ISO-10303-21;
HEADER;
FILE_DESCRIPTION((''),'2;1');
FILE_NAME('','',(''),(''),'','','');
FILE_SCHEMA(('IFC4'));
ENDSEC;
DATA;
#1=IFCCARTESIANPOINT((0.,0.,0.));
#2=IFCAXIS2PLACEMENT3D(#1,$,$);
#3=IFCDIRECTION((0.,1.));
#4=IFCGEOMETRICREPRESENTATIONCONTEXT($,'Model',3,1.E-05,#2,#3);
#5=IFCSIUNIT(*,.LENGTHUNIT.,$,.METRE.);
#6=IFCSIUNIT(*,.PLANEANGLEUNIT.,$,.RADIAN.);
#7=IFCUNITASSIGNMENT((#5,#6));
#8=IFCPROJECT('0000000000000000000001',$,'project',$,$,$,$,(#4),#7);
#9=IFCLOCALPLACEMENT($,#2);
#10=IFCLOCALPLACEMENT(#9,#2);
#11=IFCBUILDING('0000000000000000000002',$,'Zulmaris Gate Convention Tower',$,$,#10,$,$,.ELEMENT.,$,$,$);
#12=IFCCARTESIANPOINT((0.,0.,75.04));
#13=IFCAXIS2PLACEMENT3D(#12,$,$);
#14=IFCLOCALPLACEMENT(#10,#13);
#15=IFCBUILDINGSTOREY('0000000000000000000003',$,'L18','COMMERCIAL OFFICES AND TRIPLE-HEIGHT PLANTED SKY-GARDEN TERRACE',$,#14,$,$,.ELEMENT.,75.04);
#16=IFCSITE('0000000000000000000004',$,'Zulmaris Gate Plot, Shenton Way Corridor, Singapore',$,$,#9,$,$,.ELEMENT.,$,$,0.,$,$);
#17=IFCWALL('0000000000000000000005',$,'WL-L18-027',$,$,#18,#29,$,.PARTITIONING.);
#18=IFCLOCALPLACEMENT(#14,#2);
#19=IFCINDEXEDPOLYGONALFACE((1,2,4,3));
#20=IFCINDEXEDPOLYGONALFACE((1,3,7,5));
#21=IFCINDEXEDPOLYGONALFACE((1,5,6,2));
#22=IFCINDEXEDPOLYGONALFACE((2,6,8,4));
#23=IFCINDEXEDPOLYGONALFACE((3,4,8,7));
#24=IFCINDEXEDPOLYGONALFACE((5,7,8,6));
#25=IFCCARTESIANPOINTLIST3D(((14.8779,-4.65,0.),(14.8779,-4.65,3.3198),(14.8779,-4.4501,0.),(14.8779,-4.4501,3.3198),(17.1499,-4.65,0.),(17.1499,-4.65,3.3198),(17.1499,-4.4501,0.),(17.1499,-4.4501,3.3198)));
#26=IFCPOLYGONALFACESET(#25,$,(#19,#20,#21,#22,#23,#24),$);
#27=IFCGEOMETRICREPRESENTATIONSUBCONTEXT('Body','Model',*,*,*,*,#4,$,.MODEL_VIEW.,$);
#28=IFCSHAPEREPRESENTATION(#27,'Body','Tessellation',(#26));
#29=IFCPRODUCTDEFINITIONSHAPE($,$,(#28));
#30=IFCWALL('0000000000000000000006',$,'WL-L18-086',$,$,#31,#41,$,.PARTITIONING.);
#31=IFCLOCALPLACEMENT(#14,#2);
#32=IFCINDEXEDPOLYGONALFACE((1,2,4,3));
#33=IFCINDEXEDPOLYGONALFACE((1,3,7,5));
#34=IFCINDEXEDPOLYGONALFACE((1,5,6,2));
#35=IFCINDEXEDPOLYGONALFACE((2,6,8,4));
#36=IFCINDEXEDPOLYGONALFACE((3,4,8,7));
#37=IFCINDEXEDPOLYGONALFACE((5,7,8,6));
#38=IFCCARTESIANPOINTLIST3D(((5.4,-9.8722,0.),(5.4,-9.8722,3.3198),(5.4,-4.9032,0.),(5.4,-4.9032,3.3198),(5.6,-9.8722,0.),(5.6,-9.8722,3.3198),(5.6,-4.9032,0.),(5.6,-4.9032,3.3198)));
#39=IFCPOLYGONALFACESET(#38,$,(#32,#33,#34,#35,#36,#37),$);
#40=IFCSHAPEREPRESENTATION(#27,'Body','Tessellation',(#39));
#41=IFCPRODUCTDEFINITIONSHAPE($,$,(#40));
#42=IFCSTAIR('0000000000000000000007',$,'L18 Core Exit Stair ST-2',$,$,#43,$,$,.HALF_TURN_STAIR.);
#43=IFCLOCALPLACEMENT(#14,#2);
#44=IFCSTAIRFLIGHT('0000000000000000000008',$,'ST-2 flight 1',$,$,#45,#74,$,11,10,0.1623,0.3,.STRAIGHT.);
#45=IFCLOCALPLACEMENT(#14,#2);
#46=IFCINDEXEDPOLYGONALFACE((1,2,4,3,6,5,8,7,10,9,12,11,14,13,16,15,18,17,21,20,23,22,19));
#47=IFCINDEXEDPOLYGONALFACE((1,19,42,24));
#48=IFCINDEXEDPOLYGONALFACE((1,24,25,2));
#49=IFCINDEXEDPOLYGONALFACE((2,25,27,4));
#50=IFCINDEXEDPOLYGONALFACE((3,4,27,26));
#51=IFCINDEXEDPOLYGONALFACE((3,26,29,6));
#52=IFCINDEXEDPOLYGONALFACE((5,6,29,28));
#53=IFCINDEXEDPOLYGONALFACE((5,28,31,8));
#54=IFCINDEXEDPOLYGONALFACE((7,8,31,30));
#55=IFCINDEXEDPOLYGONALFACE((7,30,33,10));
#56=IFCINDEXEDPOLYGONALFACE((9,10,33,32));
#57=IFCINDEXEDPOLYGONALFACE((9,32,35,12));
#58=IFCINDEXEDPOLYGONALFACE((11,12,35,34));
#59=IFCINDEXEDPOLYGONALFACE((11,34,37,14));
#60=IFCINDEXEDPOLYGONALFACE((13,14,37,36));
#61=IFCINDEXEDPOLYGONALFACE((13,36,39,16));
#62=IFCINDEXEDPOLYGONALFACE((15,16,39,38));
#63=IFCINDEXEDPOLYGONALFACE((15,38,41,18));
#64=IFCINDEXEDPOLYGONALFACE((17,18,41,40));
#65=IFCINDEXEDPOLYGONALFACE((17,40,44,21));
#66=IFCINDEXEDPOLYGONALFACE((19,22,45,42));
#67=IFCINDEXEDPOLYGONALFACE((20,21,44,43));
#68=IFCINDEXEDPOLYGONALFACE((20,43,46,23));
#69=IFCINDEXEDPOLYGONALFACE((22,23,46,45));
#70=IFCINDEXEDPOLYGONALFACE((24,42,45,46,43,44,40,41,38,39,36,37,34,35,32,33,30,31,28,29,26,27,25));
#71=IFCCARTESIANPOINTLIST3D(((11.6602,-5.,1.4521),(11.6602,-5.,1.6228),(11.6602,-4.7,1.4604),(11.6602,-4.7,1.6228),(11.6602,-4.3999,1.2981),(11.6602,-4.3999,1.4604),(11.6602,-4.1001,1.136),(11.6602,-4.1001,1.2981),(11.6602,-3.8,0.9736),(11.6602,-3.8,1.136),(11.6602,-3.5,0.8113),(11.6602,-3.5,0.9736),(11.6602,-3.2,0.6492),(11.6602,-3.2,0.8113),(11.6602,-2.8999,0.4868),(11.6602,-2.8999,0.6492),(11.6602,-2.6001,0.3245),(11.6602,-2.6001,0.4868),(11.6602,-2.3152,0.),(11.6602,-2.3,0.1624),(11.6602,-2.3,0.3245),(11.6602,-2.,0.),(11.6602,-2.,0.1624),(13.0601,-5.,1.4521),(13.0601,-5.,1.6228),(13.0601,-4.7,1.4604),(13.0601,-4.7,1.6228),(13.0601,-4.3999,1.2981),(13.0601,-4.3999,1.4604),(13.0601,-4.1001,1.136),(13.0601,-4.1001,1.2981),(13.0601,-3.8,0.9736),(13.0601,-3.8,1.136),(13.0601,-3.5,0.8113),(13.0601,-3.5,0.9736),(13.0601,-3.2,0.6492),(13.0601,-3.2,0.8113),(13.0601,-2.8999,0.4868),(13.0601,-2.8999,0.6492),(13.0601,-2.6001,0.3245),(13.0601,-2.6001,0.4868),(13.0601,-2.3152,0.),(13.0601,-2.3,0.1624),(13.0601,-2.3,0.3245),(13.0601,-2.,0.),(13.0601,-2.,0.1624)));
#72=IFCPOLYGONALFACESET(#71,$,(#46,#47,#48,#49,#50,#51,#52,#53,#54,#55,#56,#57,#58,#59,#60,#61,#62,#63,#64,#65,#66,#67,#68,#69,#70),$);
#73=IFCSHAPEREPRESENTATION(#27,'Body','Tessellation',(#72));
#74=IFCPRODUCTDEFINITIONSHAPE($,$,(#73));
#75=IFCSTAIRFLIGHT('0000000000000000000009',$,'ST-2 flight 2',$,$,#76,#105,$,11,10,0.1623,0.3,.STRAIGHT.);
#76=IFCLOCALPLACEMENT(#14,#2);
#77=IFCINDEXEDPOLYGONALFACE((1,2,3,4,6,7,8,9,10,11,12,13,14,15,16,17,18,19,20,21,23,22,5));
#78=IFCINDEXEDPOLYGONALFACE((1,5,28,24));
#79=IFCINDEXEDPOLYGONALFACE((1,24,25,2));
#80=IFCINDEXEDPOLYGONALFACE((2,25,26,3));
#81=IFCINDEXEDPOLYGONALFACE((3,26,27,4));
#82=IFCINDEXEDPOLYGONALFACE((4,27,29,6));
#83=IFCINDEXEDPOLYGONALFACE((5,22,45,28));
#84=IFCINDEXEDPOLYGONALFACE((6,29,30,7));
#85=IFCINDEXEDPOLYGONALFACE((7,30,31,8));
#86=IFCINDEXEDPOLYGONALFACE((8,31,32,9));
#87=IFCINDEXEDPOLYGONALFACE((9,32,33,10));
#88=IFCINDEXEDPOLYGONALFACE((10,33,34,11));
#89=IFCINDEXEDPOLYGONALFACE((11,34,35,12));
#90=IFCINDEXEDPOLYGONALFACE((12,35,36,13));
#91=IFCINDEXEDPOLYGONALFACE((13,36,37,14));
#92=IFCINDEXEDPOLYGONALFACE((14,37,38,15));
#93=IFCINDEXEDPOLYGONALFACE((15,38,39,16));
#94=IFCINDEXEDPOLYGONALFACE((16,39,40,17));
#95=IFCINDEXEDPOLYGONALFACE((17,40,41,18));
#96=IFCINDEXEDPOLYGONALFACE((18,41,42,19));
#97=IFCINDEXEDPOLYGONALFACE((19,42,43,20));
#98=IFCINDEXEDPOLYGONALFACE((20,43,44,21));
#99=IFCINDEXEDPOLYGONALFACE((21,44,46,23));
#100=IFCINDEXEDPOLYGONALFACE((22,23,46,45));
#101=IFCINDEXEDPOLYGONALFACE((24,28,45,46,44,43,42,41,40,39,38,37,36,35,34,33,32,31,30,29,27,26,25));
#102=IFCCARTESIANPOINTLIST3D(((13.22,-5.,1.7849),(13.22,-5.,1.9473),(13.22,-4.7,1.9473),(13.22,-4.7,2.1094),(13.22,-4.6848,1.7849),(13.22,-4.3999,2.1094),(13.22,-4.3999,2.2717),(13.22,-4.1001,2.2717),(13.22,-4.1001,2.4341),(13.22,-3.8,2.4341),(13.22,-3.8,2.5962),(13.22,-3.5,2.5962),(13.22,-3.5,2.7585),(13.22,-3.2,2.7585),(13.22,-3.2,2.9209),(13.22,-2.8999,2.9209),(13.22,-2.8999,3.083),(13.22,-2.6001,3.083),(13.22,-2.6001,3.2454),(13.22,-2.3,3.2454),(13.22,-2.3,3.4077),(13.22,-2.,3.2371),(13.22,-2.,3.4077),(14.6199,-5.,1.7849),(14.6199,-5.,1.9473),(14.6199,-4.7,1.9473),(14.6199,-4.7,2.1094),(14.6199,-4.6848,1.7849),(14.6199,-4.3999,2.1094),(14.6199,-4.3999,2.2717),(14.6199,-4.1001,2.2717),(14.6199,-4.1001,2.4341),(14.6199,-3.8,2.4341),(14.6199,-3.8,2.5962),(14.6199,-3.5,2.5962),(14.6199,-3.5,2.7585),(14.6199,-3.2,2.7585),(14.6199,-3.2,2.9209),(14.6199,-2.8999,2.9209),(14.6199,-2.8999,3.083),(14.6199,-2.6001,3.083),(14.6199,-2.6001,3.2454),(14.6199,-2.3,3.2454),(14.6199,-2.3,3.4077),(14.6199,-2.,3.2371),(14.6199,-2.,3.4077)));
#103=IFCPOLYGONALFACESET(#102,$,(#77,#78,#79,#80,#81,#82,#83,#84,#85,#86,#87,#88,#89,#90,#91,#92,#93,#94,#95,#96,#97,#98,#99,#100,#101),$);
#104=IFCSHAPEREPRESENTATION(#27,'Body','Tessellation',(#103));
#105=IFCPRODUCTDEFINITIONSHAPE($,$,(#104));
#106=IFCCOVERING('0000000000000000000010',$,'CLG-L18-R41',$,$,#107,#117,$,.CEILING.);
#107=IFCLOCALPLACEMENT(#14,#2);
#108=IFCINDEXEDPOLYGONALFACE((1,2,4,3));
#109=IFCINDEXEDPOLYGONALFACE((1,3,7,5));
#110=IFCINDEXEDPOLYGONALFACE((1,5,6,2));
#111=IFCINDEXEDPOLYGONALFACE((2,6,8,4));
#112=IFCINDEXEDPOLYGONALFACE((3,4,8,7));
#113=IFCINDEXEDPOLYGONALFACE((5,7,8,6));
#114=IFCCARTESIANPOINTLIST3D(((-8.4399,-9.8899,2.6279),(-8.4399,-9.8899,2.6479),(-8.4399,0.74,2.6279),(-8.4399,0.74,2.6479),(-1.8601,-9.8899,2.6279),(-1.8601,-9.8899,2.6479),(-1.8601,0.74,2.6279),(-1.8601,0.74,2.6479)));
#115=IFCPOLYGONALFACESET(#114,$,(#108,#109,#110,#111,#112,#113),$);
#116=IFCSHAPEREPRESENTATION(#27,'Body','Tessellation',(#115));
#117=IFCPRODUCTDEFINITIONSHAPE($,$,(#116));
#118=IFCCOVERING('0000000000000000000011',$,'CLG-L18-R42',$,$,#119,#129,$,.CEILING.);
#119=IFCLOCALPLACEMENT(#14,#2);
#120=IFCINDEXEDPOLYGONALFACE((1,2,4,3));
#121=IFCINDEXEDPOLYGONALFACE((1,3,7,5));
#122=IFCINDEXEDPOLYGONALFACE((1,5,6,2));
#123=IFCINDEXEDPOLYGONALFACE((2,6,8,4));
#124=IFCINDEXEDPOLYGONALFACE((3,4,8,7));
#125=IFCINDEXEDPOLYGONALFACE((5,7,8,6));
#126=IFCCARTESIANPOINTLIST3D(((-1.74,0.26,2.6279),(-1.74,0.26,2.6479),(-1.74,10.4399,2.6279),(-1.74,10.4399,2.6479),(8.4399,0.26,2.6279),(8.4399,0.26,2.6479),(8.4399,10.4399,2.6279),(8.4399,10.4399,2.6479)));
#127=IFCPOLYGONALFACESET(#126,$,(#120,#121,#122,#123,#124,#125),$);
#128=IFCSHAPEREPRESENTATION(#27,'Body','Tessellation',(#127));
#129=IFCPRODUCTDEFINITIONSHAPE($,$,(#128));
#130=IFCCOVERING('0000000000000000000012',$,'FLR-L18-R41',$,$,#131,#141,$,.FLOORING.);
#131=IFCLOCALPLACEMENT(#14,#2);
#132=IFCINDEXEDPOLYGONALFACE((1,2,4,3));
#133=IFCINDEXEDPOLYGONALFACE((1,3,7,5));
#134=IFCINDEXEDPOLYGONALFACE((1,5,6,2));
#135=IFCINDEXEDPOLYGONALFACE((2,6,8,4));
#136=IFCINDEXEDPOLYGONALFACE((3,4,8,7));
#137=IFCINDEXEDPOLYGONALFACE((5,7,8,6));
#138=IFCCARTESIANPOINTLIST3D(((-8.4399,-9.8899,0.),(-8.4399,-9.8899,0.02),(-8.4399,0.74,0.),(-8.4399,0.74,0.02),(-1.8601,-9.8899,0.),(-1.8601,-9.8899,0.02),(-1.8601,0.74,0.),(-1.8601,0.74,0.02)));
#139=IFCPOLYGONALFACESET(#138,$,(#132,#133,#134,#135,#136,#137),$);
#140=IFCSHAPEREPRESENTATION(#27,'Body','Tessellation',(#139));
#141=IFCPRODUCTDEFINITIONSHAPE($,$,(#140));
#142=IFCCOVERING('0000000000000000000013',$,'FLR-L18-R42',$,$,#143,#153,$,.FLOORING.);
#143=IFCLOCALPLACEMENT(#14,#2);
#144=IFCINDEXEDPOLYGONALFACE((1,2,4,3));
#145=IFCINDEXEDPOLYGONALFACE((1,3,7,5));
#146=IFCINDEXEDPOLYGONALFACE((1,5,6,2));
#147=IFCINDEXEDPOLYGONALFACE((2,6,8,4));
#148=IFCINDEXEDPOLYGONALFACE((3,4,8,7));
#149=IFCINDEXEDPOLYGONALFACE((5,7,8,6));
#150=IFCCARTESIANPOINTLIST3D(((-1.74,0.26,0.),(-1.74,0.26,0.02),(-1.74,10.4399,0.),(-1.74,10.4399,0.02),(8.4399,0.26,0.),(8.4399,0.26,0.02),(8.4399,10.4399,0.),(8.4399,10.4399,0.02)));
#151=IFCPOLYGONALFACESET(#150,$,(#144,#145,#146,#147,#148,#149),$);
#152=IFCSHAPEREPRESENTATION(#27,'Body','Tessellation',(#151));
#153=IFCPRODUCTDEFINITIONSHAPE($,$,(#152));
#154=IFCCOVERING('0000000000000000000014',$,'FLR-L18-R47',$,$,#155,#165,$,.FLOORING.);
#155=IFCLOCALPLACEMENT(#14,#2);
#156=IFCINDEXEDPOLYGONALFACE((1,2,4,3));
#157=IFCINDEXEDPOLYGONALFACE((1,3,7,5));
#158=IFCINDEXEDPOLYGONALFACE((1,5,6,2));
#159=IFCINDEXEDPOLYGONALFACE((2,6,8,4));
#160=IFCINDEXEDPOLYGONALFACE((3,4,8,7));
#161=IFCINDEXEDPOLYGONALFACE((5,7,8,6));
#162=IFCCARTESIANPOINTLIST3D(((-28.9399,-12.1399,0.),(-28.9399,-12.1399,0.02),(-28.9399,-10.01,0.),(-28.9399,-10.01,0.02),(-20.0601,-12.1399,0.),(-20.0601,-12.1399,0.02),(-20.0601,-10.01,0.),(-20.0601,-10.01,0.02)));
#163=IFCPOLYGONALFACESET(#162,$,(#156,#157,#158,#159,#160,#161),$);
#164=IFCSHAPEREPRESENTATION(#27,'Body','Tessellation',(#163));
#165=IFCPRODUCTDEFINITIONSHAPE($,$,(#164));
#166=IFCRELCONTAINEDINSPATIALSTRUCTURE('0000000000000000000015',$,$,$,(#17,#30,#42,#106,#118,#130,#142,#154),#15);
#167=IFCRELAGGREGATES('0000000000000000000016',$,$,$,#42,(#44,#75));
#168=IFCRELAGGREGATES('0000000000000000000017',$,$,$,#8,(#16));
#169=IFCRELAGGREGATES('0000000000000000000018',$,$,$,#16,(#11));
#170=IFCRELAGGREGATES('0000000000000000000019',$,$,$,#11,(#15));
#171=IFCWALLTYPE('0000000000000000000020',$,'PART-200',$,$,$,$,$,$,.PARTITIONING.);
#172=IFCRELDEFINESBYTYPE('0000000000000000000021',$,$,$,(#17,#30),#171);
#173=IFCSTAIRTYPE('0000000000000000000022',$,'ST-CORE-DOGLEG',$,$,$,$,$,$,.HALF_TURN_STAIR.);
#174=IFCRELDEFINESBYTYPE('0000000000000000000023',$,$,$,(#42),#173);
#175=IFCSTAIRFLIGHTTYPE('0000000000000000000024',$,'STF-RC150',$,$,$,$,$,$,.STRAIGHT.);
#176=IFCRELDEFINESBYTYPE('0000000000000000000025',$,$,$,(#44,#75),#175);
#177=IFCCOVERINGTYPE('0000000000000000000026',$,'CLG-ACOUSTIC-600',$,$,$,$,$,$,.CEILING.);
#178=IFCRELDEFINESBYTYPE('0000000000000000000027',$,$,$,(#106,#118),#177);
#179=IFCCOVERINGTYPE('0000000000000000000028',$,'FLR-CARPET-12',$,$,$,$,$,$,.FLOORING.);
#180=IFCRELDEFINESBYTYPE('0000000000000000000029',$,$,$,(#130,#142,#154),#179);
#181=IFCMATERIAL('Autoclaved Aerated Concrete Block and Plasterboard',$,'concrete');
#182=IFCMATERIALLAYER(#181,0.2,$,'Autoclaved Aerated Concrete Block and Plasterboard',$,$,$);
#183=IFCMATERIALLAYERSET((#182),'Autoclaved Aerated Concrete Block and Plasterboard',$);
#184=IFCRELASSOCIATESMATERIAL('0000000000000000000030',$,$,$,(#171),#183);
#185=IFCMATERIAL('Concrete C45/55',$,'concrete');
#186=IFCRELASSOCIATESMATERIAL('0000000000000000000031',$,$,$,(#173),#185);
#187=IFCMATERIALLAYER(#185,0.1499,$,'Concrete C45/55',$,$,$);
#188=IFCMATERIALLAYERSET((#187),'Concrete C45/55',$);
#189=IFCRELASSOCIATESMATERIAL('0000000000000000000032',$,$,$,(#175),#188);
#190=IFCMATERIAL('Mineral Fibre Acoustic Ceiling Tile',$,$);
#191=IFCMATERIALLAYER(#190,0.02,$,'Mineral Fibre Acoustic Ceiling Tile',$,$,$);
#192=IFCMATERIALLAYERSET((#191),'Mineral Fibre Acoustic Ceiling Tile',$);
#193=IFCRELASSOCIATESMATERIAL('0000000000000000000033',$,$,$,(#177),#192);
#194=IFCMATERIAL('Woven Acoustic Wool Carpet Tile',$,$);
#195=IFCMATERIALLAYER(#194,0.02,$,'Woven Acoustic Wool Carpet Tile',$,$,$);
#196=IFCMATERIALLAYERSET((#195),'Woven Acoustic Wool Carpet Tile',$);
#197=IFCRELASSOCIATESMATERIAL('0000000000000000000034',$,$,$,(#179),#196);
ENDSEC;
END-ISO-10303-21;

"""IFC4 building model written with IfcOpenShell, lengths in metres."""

from ifc_helpers import new_model, si_unit, direction, frame, frame_2d, origin, place, context, subcontext, project, spatial, polyline, rectangle, outline, extrude, material, layer, layer_set, type_object, element, aggregate, save


model = new_model("IFC4")

# Units and contexts
model_context = context("Model", 3, precision=1e-05, world=origin(), true_north=direction((0.0, 1.0)))
body_context = subcontext(model_context, "Body", "Model", "MODEL_VIEW")
ifc_project = project(units=[si_unit("LENGTHUNIT", "METRE"), si_unit("PLANEANGLEUNIT", "RADIAN")], contexts=[model_context])

# Site, building, storey
site_placement = place(None, origin())
site = spatial("IfcSite", under=ifc_project, at=site_placement, Name="Zulmaris Gate Plot, Shenton Way Corridor, Singapore", CompositionType="ELEMENT", RefElevation=0.0)
building_placement = place(site_placement, origin())
building = spatial("IfcBuilding", under=site, at=building_placement, Name="Zulmaris Gate Convention Tower", CompositionType="ELEMENT")
storey_placement = place(building_placement, frame((0.0, 0.0, 75.04)))
storey = spatial("IfcBuildingStorey", under=building, at=storey_placement, Name="L18", Description="COMMERCIAL OFFICES AND TRIPLE-HEIGHT PLANTED SKY-GARDEN TERRACE", CompositionType="ELEMENT", Elevation=75.04)

# Walls
ifc_material_1 = material(Name="Autoclaved Aerated Concrete Block and Plasterboard", Category="concrete")
ifc_layer_1 = layer(ifc_material_1, 0.2, Name="Autoclaved Aerated Concrete Block and Plasterboard")
ifc_layer_set_1 = layer_set([ifc_layer_1], Name="Autoclaved Aerated Concrete Block and Plasterboard")
wall_type_1 = type_object("IfcWallType", Name="PART-200", PredefinedType="PARTITIONING", material=ifc_layer_set_1)
wall_1_placement = place(storey_placement, frame((14.8779, -4.55, 0.0), z_axis=(0.0, 0.0, 1.0), x_axis=(1.0, 0.0, 0.0)))
element("IfcWall", 1, at=wall_1_placement, inside=storey, type_object=wall_type_1, Name="WL-L18-027", PredefinedType="PARTITIONING", context=body_context, shape_type="SweptSolid", body=[
    extrude(rectangle(XDim=2.272, YDim=0.2, at=frame_2d((1.136, 0.0))), origin(), (0.0, 0.0, 1.0), 3.3198),
])
wall_2_placement = place(storey_placement, frame((5.5, -9.8721, 0.0), z_axis=(0.0, 0.0, 1.0), x_axis=(0.0, 1.0, 0.0)))
element("IfcWall", 2, at=wall_2_placement, inside=storey, type_object=wall_type_1, Name="WL-L18-086", PredefinedType="PARTITIONING", context=body_context, shape_type="SweptSolid", body=[
    extrude(rectangle(XDim=4.969, YDim=0.2, at=frame_2d((2.4844, 0.0))), origin(), (0.0, 0.0, 1.0), 3.3198),
])

# Stair, stair flights
ifc_material_2 = material(Name="Concrete C45/55", Category="concrete")
stair_type = type_object("IfcStairType", Name="ST-CORE-DOGLEG", PredefinedType="HALF_TURN_STAIR", material=ifc_material_2)
stair_placement = place(storey_placement, origin())
stair = element("IfcStair", 3, at=stair_placement, inside=storey, type_object=stair_type, Name="L18 Core Exit Stair ST-2", PredefinedType="HALF_TURN_STAIR")
ifc_layer_2 = layer(ifc_material_2, 0.1499, Name="Concrete C45/55")
ifc_layer_set_2 = layer_set([ifc_layer_2], Name="Concrete C45/55")
stair_flight_type = type_object("IfcStairFlightType", Name="STF-RC150", PredefinedType="STRAIGHT", material=ifc_layer_set_2)
stair_flight_1_placement = place(storey_placement, frame((12.3601, -2.0, 0.0), z_axis=(0.0, 0.0, 1.0), x_axis=(0.0, -1.0, 0.0)))
stair_flight_1 = element("IfcStairFlight", 4, at=stair_flight_1_placement, type_object=stair_flight_type, Name="ST-2 flight 1", NumberOfRisers=11, NumberOfTreads=10, PredefinedType="STRAIGHT", RiserHeight=0.1623, TreadLength=0.3, context=body_context, shape_type="SweptSolid", body=[
    extrude(outline(polyline([(0.0, 0.0), (0.0, 0.1624), (0.3, 0.1624), (0.3, 0.3245), (0.6001, 0.3245), (0.6001, 0.4868), (0.8999, 0.4868), (0.8999, 0.6492), (1.2, 0.6492), (1.2, 0.8113), (1.5, 0.8113), (1.5, 0.9736), (1.8, 0.9736), (1.8, 1.136), (2.1001, 1.136), (2.1001, 1.2981), (2.3999, 1.2981), (2.3999, 1.4604), (2.7, 1.4604), (2.7, 1.6228), (3.0, 1.6228), (3.0, 1.7849), (3.0, 1.4521), (0.3152, 0.0), (0.0, 0.0)])), frame((0.0, 0.7, 0.0), z_axis=(0.0, -1.0, 0.0), x_axis=(1.0, 0.0, 0.0)), (0.0, 0.0, 1.0), 1.3999),
])
stair_flight_2_placement = place(storey_placement, frame((13.9199, -5.0, 1.7849), z_axis=(0.0, 0.0, 1.0), x_axis=(0.0, 1.0, 0.0)))
stair_flight_2 = element("IfcStairFlight", 5, at=stair_flight_2_placement, type_object=stair_flight_type, Name="ST-2 flight 2", NumberOfRisers=11, NumberOfTreads=10, PredefinedType="STRAIGHT", RiserHeight=0.1623, TreadLength=0.3, context=body_context, shape_type="SweptSolid", body=[
    extrude(outline(polyline([(0.0, 0.0), (0.0, 0.1624), (0.3, 0.1624), (0.3, 0.3245), (0.6001, 0.3245), (0.6001, 0.4868), (0.8999, 0.4868), (0.8999, 0.6492), (1.2, 0.6492), (1.2, 0.8113), (1.5, 0.8113), (1.5, 0.9736), (1.8, 0.9736), (1.8, 1.136), (2.1001, 1.136), (2.1001, 1.2981), (2.3999, 1.2981), (2.3999, 1.4604), (2.7, 1.4604), (2.7, 1.6228), (3.0, 1.6228), (3.0, 1.7849), (3.0, 1.4521), (0.3152, 0.0), (0.0, 0.0)])), frame((0.0, 0.7, 0.0), z_axis=(0.0, -1.0, 0.0), x_axis=(1.0, 0.0, 0.0)), (0.0, 0.0, 1.0), 1.3999),
])
aggregate(stair, [stair_flight_1, stair_flight_2])

# Coverings
ifc_material_3 = material(Name="Mineral Fibre Acoustic Ceiling Tile")
ifc_layer_3 = layer(ifc_material_3, 0.02, Name="Mineral Fibre Acoustic Ceiling Tile")
ifc_layer_set_3 = layer_set([ifc_layer_3], Name="Mineral Fibre Acoustic Ceiling Tile")
covering_type_1 = type_object("IfcCoveringType", Name="CLG-ACOUSTIC-600", PredefinedType="CEILING", material=ifc_layer_set_3)
covering_1_placement = place(storey_placement, frame((0.0, 0.0, 2.6279)))
element("IfcCovering", 6, at=covering_1_placement, inside=storey, type_object=covering_type_1, Name="CLG-L18-R41", PredefinedType="CEILING", context=body_context, shape_type="SweptSolid", body=[
    extrude(outline(polyline([(-8.4399, -9.8899), (-1.8601, -9.8899), (-1.8601, 0.74), (-8.4399, 0.74), (-8.4399, -9.8899)])), origin(), (0.0, 0.0, 1.0), 0.02),
])
covering_2_placement = place(storey_placement, frame((0.0, 0.0, 2.6279)))
element("IfcCovering", 7, at=covering_2_placement, inside=storey, type_object=covering_type_1, Name="CLG-L18-R42", PredefinedType="CEILING", context=body_context, shape_type="SweptSolid", body=[
    extrude(outline(polyline([(-1.74, 0.26), (8.4399, 0.26), (8.4399, 10.4399), (-1.74, 10.4399), (-1.74, 0.26)])), origin(), (0.0, 0.0, 1.0), 0.02),
])
ifc_material_4 = material(Name="Woven Acoustic Wool Carpet Tile")
ifc_layer_4 = layer(ifc_material_4, 0.02, Name="Woven Acoustic Wool Carpet Tile")
ifc_layer_set_4 = layer_set([ifc_layer_4], Name="Woven Acoustic Wool Carpet Tile")
covering_type_2 = type_object("IfcCoveringType", Name="FLR-CARPET-12", PredefinedType="FLOORING", material=ifc_layer_set_4)
covering_3_placement = place(storey_placement, origin())
element("IfcCovering", 8, at=covering_3_placement, inside=storey, type_object=covering_type_2, Name="FLR-L18-R41", PredefinedType="FLOORING", context=body_context, shape_type="SweptSolid", body=[
    extrude(outline(polyline([(-8.4399, -9.8899), (-1.8601, -9.8899), (-1.8601, 0.74), (-8.4399, 0.74), (-8.4399, -9.8899)])), origin(), (0.0, 0.0, 1.0), 0.02),
])
covering_4_placement = place(storey_placement, origin())
element("IfcCovering", 9, at=covering_4_placement, inside=storey, type_object=covering_type_2, Name="FLR-L18-R42", PredefinedType="FLOORING", context=body_context, shape_type="SweptSolid", body=[
    extrude(outline(polyline([(-1.74, 0.26), (8.4399, 0.26), (8.4399, 10.4399), (-1.74, 10.4399), (-1.74, 0.26)])), origin(), (0.0, 0.0, 1.0), 0.02),
])
covering_5_placement = place(storey_placement, origin())
element("IfcCovering", 10, at=covering_5_placement, inside=storey, type_object=covering_type_2, Name="FLR-L18-R47", PredefinedType="FLOORING", context=body_context, shape_type="SweptSolid", body=[
    extrude(outline(polyline([(-28.9399, -12.1399), (-20.0601, -12.1399), (-20.0601, -10.01), (-28.9399, -10.01), (-28.9399, -12.1399)])), origin(), (0.0, 0.0, 1.0), 0.02),
])

save(model, "model.ifc")
